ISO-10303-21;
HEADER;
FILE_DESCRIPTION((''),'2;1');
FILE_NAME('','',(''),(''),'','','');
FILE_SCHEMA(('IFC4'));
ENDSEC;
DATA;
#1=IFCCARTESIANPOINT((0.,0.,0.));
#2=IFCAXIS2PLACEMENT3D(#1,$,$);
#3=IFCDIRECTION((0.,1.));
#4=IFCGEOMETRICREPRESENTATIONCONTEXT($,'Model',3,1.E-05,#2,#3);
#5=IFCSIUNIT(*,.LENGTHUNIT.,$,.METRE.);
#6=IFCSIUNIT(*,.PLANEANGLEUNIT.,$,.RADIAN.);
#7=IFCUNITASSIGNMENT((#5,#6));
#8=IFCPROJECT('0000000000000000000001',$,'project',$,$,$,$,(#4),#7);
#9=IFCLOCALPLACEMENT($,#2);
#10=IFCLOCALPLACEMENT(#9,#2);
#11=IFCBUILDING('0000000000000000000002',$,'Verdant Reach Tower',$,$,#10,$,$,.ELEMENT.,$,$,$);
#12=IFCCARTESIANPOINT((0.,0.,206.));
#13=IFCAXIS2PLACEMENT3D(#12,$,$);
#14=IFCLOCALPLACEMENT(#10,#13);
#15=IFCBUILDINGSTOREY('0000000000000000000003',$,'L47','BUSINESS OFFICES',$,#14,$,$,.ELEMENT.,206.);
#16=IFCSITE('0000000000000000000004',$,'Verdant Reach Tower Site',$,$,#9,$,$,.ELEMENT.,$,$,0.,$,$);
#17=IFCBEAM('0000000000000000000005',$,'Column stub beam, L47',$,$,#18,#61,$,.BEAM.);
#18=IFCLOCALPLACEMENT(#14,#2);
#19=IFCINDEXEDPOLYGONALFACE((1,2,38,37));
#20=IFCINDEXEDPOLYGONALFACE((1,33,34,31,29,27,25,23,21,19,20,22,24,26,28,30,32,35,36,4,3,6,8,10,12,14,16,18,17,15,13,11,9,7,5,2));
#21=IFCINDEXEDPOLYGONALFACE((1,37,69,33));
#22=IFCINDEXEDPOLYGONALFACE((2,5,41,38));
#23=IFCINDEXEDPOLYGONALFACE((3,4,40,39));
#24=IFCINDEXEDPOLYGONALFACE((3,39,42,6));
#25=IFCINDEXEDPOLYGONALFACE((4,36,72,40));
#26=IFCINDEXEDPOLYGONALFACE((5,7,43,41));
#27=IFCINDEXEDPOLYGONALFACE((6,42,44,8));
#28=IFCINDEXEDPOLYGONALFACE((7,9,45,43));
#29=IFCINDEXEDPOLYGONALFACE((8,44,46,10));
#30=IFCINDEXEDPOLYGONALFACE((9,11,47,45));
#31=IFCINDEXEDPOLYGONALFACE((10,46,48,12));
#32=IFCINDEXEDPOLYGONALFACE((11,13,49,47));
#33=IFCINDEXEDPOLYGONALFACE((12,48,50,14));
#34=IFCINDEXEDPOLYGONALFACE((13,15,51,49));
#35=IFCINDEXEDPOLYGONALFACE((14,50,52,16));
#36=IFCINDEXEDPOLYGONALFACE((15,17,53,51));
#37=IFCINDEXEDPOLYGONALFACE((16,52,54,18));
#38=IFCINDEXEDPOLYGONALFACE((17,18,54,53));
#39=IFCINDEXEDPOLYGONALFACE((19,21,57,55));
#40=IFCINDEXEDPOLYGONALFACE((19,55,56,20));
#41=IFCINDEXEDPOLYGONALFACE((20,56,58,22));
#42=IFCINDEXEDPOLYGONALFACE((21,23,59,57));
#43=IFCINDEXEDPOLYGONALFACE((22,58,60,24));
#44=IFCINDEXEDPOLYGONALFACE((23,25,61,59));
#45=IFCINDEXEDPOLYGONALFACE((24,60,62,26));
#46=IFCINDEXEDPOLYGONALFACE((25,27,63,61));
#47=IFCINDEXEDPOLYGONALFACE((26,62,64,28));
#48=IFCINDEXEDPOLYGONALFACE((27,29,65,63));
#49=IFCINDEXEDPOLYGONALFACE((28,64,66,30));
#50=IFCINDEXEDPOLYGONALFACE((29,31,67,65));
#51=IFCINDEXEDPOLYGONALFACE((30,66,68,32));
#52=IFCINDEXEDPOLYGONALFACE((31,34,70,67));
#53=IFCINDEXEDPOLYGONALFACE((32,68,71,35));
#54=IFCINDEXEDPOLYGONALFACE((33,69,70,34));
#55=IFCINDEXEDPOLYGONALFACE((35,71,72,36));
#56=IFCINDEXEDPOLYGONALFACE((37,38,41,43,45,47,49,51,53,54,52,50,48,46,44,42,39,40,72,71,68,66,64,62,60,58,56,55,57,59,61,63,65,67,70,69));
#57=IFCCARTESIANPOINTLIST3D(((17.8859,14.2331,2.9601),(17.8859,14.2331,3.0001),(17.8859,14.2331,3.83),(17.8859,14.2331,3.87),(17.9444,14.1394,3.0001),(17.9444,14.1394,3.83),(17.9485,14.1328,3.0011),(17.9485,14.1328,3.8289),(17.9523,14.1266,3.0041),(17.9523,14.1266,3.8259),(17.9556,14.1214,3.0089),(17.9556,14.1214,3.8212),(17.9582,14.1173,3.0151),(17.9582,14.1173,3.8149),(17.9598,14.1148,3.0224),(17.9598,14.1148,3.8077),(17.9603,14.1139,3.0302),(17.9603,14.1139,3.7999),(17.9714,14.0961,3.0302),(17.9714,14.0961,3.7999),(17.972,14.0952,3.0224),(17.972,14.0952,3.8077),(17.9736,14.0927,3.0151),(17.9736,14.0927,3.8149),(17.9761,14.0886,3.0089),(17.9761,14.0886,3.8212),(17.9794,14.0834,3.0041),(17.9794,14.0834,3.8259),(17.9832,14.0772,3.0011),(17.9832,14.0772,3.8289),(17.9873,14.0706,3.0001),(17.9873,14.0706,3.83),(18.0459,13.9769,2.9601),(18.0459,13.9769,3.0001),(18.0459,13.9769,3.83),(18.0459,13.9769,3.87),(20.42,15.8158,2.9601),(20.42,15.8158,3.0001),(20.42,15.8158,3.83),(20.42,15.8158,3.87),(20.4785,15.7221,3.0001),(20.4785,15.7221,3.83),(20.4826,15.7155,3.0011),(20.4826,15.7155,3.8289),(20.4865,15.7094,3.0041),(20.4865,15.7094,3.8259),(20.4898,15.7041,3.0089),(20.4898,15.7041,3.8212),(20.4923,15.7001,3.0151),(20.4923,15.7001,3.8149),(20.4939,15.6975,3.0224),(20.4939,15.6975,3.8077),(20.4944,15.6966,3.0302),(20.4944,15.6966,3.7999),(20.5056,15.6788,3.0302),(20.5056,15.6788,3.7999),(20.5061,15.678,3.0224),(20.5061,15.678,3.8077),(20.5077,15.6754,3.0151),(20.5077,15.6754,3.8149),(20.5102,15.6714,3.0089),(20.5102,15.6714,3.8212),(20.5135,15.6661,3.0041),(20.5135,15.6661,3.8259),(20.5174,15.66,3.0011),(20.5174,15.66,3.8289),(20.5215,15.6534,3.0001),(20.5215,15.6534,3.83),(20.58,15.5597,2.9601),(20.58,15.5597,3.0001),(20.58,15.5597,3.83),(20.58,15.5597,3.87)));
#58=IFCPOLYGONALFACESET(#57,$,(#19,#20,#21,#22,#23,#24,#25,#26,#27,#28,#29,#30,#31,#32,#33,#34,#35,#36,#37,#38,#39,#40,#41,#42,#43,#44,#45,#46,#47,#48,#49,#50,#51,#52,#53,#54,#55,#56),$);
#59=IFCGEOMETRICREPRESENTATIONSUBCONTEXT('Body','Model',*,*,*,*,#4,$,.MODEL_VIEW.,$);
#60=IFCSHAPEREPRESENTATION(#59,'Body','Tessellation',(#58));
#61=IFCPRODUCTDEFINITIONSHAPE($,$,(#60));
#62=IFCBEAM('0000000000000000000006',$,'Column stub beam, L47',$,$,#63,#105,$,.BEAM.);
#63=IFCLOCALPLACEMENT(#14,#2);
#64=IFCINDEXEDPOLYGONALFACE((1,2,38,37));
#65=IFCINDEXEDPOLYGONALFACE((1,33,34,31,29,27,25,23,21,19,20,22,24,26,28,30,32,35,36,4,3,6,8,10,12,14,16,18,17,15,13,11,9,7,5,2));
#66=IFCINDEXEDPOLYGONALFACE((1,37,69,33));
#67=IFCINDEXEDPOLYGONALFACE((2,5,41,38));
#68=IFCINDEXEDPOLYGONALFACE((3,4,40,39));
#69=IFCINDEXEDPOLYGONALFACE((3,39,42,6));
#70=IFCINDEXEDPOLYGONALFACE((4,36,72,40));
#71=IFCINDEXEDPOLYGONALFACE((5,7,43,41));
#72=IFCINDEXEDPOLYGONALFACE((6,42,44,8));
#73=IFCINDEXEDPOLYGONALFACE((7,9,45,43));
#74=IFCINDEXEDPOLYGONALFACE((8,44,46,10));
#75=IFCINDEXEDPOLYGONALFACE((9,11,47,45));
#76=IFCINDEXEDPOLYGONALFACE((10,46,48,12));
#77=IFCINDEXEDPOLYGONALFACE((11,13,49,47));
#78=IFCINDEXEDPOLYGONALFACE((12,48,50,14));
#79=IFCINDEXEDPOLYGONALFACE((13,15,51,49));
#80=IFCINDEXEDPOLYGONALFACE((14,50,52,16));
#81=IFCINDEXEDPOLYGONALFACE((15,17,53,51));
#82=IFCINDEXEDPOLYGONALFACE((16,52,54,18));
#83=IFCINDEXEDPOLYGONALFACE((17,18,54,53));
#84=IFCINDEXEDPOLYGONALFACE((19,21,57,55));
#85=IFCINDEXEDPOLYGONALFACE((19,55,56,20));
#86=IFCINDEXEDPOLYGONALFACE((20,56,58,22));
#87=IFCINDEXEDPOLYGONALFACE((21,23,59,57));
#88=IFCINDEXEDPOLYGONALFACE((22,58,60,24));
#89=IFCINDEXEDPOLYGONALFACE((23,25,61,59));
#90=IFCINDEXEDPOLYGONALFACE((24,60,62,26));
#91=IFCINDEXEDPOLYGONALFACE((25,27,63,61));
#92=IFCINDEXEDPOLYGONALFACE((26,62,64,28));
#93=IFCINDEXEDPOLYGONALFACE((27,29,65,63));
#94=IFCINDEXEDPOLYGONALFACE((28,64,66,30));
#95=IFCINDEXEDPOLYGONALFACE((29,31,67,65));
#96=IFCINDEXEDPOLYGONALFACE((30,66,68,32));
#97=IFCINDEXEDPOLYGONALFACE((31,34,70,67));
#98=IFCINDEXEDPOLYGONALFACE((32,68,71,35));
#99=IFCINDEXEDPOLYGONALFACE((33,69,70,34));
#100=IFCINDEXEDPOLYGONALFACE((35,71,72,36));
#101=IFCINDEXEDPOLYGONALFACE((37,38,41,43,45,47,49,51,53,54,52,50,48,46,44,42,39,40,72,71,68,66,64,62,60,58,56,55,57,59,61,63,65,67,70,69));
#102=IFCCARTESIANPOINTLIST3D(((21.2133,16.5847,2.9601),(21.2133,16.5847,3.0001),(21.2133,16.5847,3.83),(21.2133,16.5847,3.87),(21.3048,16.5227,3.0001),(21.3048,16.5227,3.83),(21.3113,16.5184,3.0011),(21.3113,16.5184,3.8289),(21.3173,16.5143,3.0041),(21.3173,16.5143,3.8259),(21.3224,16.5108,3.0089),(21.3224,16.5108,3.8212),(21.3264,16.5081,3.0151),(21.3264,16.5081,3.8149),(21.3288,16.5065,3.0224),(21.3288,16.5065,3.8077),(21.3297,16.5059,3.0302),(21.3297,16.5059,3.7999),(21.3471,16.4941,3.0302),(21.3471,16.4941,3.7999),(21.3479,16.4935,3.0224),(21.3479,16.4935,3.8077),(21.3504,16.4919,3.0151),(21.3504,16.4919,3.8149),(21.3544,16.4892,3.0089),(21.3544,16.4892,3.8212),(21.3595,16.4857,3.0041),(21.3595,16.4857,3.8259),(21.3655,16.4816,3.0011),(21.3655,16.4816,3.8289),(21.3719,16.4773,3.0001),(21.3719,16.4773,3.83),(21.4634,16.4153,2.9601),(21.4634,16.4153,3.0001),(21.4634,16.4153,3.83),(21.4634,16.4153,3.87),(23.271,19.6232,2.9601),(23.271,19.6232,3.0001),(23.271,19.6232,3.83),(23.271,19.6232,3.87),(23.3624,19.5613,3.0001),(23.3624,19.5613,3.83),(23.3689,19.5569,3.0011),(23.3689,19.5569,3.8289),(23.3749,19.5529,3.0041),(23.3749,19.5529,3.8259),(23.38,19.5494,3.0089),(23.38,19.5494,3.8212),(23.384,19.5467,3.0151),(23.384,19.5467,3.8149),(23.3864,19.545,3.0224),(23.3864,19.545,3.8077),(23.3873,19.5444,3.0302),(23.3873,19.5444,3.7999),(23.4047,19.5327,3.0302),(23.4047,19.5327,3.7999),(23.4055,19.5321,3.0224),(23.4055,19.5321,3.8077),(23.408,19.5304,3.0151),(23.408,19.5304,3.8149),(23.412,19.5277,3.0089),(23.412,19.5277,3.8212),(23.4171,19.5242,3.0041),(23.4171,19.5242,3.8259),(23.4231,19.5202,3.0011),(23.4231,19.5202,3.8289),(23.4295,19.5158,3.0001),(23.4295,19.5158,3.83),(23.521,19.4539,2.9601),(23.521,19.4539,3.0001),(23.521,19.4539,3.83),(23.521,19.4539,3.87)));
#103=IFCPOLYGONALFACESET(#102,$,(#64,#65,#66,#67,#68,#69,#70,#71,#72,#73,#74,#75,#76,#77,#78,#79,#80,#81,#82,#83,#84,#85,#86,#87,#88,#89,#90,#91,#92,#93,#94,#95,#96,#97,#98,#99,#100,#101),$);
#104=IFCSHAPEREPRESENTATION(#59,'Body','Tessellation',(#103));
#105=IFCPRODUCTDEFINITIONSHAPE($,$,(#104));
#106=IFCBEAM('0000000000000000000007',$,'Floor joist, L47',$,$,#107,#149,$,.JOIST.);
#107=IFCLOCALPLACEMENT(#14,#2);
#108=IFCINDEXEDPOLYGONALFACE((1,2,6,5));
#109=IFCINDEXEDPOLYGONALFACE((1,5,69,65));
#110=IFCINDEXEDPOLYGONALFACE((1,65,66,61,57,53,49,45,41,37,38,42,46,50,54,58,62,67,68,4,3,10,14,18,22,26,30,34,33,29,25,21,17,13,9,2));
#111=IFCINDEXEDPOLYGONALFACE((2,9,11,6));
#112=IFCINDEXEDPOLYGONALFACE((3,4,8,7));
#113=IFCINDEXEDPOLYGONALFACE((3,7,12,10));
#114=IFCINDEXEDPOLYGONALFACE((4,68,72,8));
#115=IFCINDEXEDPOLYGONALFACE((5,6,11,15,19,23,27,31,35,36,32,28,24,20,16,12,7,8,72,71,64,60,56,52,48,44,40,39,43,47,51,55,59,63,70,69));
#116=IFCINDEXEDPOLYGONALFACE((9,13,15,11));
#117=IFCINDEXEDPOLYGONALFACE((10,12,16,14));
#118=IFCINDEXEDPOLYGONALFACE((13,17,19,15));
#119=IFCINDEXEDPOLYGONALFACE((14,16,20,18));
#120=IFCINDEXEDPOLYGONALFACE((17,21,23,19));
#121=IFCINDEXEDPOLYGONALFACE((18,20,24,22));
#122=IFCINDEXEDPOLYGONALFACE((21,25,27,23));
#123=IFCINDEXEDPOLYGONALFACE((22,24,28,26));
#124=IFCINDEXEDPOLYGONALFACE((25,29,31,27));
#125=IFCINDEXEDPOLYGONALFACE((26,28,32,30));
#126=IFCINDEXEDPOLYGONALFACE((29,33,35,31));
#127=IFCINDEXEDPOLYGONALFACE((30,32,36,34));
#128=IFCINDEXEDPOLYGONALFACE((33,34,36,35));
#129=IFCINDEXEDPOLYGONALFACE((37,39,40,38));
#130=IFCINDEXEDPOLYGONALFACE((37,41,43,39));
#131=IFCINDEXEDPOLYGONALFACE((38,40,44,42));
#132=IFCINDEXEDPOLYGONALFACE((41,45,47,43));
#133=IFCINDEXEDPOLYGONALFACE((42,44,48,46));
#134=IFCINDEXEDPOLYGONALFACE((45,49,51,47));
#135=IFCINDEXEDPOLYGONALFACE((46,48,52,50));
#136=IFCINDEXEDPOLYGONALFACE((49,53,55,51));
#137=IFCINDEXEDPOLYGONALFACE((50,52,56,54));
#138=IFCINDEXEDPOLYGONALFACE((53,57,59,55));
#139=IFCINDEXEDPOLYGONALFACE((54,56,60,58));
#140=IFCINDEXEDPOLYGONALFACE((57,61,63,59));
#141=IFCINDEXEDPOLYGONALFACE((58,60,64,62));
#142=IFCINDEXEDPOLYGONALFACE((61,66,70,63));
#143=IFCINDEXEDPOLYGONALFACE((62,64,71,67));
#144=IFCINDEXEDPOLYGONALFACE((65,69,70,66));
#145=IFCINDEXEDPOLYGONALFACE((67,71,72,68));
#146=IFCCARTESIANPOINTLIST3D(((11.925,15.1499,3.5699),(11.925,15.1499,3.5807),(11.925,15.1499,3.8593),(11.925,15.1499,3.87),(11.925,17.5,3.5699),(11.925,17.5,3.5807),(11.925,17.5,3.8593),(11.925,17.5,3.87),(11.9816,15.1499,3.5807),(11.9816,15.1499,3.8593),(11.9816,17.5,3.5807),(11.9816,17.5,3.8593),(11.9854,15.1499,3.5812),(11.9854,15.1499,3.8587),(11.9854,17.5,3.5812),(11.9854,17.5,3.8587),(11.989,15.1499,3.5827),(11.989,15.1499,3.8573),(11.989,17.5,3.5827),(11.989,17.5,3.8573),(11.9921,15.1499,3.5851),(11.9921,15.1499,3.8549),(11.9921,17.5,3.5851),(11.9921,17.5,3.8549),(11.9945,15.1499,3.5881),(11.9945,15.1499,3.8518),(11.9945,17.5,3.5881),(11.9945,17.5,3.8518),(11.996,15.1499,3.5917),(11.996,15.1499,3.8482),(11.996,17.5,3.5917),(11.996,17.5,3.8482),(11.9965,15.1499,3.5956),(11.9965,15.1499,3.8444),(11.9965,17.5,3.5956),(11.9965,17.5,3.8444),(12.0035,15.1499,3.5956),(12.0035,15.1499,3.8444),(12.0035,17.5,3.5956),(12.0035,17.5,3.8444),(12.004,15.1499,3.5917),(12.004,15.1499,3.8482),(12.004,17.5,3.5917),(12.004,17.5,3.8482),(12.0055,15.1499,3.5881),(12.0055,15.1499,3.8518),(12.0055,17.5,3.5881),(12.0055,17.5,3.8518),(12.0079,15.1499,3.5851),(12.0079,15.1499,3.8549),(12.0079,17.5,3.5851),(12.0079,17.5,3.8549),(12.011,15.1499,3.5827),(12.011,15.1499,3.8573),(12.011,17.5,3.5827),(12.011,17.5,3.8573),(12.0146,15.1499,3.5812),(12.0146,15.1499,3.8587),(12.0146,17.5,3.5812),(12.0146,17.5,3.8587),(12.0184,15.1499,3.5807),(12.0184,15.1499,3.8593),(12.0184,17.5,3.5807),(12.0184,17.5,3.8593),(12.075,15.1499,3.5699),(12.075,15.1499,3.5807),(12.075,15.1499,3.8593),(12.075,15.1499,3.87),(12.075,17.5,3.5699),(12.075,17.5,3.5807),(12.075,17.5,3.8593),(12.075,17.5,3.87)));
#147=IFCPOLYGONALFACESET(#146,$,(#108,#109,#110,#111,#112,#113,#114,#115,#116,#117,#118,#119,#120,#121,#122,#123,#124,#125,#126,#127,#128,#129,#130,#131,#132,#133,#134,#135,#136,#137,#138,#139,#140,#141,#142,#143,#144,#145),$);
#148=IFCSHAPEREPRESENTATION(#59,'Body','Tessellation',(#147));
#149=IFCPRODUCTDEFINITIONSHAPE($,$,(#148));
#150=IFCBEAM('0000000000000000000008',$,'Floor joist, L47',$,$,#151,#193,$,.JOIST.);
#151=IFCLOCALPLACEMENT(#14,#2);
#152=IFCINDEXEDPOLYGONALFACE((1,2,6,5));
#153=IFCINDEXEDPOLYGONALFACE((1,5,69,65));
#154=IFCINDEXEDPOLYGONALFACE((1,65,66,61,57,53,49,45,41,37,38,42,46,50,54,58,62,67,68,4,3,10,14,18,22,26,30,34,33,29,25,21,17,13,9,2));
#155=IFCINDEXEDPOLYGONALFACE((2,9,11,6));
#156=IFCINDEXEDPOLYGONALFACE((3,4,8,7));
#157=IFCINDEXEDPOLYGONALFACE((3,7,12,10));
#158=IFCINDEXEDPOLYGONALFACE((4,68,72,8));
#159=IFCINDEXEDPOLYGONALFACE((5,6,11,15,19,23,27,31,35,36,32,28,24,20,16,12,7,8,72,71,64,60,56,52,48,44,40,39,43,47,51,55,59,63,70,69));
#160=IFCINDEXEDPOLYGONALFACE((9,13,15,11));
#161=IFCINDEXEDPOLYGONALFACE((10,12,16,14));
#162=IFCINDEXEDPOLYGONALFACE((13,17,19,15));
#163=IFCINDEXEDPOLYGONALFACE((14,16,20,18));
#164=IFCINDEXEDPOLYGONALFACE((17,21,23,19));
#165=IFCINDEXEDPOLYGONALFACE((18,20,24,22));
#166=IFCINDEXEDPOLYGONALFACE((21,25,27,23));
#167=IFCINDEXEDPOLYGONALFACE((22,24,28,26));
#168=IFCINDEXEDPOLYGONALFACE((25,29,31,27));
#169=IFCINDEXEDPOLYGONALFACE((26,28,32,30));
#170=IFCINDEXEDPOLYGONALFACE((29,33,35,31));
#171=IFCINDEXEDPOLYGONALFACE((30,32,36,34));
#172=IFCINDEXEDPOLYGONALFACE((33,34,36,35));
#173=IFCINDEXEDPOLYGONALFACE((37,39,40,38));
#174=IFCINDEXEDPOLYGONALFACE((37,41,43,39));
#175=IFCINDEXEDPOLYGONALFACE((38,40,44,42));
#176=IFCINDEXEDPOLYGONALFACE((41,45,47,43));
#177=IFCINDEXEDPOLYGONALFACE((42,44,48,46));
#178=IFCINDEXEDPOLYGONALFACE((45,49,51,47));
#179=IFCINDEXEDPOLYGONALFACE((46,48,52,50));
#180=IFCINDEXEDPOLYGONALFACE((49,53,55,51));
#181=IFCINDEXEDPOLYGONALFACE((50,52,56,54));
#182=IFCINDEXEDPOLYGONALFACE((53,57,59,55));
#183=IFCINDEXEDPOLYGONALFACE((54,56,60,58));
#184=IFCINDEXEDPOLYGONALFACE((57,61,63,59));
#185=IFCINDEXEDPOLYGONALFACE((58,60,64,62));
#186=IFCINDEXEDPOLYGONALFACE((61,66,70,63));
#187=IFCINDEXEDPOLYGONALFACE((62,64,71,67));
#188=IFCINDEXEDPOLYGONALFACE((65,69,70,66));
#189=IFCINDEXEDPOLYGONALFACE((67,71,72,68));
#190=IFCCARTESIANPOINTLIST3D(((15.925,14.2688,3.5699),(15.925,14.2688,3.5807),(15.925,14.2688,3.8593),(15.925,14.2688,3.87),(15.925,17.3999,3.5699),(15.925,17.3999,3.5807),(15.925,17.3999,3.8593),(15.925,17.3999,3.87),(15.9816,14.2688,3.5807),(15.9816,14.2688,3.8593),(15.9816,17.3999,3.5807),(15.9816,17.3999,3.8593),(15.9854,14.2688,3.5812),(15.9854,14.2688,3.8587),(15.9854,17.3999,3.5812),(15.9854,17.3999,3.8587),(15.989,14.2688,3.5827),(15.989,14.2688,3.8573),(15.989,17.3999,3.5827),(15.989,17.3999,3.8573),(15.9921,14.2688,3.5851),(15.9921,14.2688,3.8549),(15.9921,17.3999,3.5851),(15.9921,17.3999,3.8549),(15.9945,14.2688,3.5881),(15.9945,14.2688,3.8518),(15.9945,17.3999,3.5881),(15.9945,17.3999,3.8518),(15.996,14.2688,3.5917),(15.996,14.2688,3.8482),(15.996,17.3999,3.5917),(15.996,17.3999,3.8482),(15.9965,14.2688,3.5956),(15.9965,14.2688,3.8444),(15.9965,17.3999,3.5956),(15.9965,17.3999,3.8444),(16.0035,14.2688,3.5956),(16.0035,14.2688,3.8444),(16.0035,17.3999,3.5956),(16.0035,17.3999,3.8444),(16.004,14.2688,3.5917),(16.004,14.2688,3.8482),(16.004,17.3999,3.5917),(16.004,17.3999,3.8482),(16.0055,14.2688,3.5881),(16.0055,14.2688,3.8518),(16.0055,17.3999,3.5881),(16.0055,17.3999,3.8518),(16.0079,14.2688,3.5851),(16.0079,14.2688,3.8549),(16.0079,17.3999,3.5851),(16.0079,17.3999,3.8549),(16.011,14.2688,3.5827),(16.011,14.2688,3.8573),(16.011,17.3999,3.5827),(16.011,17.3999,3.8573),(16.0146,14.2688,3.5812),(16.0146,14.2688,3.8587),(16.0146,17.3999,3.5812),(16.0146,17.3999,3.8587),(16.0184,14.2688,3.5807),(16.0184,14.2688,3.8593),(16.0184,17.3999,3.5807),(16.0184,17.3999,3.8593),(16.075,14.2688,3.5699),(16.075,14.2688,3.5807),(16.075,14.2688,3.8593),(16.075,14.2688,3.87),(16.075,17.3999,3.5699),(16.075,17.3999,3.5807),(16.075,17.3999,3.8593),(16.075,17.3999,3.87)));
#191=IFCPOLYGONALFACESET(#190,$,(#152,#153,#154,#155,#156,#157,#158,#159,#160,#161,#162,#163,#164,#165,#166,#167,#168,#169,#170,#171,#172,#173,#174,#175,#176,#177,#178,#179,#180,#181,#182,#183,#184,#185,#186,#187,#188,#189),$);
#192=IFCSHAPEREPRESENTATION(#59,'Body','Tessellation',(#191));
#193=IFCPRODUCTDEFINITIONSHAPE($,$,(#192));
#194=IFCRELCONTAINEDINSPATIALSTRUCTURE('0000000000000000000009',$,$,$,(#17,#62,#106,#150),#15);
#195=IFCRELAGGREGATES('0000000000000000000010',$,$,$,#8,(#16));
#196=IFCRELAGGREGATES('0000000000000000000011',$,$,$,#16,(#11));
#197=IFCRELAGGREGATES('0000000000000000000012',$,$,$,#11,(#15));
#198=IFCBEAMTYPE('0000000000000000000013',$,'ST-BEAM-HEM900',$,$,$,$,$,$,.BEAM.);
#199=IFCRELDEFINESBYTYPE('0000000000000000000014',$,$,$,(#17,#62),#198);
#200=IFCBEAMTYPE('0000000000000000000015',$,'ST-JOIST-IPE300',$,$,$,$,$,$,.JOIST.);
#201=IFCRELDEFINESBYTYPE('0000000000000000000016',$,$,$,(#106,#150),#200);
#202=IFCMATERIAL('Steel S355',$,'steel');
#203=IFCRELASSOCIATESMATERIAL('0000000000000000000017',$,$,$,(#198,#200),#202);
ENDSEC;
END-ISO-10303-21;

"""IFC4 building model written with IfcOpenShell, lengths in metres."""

from ifc_helpers import new_model, si_unit, direction, frame, origin, origin_2d, place, context, subcontext, project, spatial, i_section, extrude, material, material_profile, profile_set, type_object, element, save


model = new_model("IFC4")

# Units and contexts
model_context = context("Model", 3, precision=1e-05, world=origin(), true_north=direction((0.0, 1.0)))
body_context = subcontext(model_context, "Body", "Model", "MODEL_VIEW")
ifc_project = project(units=[si_unit("LENGTHUNIT", "METRE"), si_unit("PLANEANGLEUNIT", "RADIAN")], contexts=[model_context])

# Site, building, storey
site_placement = place(None, origin())
site = spatial("IfcSite", under=ifc_project, at=site_placement, Name="Verdant Reach Tower Site", CompositionType="ELEMENT", RefElevation=0.0)
building_placement = place(site_placement, origin())
building = spatial("IfcBuilding", under=site, at=building_placement, Name="Verdant Reach Tower", CompositionType="ELEMENT")
storey_placement = place(building_placement, frame((0.0, 0.0, 206.0)))
storey = spatial("IfcBuildingStorey", under=building, at=storey_placement, Name="L47", Description="BUSINESS OFFICES", CompositionType="ELEMENT", Elevation=206.0)

# Beams
ifc_material_1 = material(Name="Steel S355", Category="steel")
ifc_material_profile_1 = material_profile(ifc_material_1, i_section(OverallWidth=0.302, OverallDepth=0.9099, WebThickness=0.021, FlangeThickness=0.04, FilletRadius=0.03, at=origin_2d()), Name="HEM 900")
ifc_profile_set_1 = profile_set([ifc_material_profile_1], Name="Steel S355")
beam_type_1 = type_object("IfcBeamType", Name="ST-BEAM-HEM900", PredefinedType="BEAM", material=ifc_profile_set_1)
beam_1_placement = place(storey_placement, frame((20.5, 15.6877, 3.415), z_axis=(-0.848164, -0.529735, 0.0), x_axis=(0.529735, -0.848164, 0.0)))
element("IfcBeam", 1, at=beam_1_placement, inside=storey, type_object=beam_type_1, Name="Column stub beam, L47", PredefinedType="BEAM", context=body_context, shape_type="SweptSolid", body=[
    extrude(i_section(OverallWidth=0.302, OverallDepth=0.9099, WebThickness=0.021, FlangeThickness=0.04, FilletRadius=0.03, at=origin_2d()), origin(), (0.0, 0.0, 1.0), 2.9878),
])
beam_2_placement = place(storey_placement, frame((21.3384, 16.5, 3.415), z_axis=(0.560704, 0.828016, 0.0), x_axis=(-0.828016, 0.560704, 0.0)))
element("IfcBeam", 2, at=beam_2_placement, inside=storey, type_object=beam_type_1, Name="Column stub beam, L47", PredefinedType="BEAM", context=body_context, shape_type="SweptSolid", body=[
    extrude(i_section(OverallWidth=0.302, OverallDepth=0.9099, WebThickness=0.021, FlangeThickness=0.04, FilletRadius=0.03, at=origin_2d()), origin(), (0.0, 0.0, 1.0), 3.6697),
])
ifc_material_profile_2 = material_profile(ifc_material_1, i_section(OverallWidth=0.1499, OverallDepth=0.3, WebThickness=0.0071, FlangeThickness=0.0107, FilletRadius=0.0149, at=origin_2d()), Name="IPE 300")
ifc_profile_set_2 = profile_set([ifc_material_profile_2], Name="Steel S355")
beam_type_2 = type_object("IfcBeamType", Name="ST-JOIST-IPE300", PredefinedType="JOIST", material=ifc_profile_set_2)
beam_3_placement = place(storey_placement, frame((12.0, 17.5, 3.72), z_axis=(0.0, -1.0, 0.0), x_axis=(1.0, 0.0, 0.0)))
element("IfcBeam", 3, at=beam_3_placement, inside=storey, type_object=beam_type_2, Name="Floor joist, L47", PredefinedType="JOIST", context=body_context, shape_type="SweptSolid", body=[
    extrude(i_section(OverallWidth=0.1499, OverallDepth=0.3, WebThickness=0.0071, FlangeThickness=0.0107, FilletRadius=0.0149, at=origin_2d()), origin(), (0.0, 0.0, 1.0), 2.3501),
])
beam_4_placement = place(storey_placement, frame((16.0, 17.3999, 3.72), z_axis=(0.0, -1.0, 0.0), x_axis=(1.0, 0.0, 0.0)))
element("IfcBeam", 4, at=beam_4_placement, inside=storey, type_object=beam_type_2, Name="Floor joist, L47", PredefinedType="JOIST", context=body_context, shape_type="SweptSolid", body=[
    extrude(i_section(OverallWidth=0.1499, OverallDepth=0.3, WebThickness=0.0071, FlangeThickness=0.0107, FilletRadius=0.0149, at=origin_2d()), origin(), (0.0, 0.0, 1.0), 3.1311),
])

save(model, "model.ifc")
